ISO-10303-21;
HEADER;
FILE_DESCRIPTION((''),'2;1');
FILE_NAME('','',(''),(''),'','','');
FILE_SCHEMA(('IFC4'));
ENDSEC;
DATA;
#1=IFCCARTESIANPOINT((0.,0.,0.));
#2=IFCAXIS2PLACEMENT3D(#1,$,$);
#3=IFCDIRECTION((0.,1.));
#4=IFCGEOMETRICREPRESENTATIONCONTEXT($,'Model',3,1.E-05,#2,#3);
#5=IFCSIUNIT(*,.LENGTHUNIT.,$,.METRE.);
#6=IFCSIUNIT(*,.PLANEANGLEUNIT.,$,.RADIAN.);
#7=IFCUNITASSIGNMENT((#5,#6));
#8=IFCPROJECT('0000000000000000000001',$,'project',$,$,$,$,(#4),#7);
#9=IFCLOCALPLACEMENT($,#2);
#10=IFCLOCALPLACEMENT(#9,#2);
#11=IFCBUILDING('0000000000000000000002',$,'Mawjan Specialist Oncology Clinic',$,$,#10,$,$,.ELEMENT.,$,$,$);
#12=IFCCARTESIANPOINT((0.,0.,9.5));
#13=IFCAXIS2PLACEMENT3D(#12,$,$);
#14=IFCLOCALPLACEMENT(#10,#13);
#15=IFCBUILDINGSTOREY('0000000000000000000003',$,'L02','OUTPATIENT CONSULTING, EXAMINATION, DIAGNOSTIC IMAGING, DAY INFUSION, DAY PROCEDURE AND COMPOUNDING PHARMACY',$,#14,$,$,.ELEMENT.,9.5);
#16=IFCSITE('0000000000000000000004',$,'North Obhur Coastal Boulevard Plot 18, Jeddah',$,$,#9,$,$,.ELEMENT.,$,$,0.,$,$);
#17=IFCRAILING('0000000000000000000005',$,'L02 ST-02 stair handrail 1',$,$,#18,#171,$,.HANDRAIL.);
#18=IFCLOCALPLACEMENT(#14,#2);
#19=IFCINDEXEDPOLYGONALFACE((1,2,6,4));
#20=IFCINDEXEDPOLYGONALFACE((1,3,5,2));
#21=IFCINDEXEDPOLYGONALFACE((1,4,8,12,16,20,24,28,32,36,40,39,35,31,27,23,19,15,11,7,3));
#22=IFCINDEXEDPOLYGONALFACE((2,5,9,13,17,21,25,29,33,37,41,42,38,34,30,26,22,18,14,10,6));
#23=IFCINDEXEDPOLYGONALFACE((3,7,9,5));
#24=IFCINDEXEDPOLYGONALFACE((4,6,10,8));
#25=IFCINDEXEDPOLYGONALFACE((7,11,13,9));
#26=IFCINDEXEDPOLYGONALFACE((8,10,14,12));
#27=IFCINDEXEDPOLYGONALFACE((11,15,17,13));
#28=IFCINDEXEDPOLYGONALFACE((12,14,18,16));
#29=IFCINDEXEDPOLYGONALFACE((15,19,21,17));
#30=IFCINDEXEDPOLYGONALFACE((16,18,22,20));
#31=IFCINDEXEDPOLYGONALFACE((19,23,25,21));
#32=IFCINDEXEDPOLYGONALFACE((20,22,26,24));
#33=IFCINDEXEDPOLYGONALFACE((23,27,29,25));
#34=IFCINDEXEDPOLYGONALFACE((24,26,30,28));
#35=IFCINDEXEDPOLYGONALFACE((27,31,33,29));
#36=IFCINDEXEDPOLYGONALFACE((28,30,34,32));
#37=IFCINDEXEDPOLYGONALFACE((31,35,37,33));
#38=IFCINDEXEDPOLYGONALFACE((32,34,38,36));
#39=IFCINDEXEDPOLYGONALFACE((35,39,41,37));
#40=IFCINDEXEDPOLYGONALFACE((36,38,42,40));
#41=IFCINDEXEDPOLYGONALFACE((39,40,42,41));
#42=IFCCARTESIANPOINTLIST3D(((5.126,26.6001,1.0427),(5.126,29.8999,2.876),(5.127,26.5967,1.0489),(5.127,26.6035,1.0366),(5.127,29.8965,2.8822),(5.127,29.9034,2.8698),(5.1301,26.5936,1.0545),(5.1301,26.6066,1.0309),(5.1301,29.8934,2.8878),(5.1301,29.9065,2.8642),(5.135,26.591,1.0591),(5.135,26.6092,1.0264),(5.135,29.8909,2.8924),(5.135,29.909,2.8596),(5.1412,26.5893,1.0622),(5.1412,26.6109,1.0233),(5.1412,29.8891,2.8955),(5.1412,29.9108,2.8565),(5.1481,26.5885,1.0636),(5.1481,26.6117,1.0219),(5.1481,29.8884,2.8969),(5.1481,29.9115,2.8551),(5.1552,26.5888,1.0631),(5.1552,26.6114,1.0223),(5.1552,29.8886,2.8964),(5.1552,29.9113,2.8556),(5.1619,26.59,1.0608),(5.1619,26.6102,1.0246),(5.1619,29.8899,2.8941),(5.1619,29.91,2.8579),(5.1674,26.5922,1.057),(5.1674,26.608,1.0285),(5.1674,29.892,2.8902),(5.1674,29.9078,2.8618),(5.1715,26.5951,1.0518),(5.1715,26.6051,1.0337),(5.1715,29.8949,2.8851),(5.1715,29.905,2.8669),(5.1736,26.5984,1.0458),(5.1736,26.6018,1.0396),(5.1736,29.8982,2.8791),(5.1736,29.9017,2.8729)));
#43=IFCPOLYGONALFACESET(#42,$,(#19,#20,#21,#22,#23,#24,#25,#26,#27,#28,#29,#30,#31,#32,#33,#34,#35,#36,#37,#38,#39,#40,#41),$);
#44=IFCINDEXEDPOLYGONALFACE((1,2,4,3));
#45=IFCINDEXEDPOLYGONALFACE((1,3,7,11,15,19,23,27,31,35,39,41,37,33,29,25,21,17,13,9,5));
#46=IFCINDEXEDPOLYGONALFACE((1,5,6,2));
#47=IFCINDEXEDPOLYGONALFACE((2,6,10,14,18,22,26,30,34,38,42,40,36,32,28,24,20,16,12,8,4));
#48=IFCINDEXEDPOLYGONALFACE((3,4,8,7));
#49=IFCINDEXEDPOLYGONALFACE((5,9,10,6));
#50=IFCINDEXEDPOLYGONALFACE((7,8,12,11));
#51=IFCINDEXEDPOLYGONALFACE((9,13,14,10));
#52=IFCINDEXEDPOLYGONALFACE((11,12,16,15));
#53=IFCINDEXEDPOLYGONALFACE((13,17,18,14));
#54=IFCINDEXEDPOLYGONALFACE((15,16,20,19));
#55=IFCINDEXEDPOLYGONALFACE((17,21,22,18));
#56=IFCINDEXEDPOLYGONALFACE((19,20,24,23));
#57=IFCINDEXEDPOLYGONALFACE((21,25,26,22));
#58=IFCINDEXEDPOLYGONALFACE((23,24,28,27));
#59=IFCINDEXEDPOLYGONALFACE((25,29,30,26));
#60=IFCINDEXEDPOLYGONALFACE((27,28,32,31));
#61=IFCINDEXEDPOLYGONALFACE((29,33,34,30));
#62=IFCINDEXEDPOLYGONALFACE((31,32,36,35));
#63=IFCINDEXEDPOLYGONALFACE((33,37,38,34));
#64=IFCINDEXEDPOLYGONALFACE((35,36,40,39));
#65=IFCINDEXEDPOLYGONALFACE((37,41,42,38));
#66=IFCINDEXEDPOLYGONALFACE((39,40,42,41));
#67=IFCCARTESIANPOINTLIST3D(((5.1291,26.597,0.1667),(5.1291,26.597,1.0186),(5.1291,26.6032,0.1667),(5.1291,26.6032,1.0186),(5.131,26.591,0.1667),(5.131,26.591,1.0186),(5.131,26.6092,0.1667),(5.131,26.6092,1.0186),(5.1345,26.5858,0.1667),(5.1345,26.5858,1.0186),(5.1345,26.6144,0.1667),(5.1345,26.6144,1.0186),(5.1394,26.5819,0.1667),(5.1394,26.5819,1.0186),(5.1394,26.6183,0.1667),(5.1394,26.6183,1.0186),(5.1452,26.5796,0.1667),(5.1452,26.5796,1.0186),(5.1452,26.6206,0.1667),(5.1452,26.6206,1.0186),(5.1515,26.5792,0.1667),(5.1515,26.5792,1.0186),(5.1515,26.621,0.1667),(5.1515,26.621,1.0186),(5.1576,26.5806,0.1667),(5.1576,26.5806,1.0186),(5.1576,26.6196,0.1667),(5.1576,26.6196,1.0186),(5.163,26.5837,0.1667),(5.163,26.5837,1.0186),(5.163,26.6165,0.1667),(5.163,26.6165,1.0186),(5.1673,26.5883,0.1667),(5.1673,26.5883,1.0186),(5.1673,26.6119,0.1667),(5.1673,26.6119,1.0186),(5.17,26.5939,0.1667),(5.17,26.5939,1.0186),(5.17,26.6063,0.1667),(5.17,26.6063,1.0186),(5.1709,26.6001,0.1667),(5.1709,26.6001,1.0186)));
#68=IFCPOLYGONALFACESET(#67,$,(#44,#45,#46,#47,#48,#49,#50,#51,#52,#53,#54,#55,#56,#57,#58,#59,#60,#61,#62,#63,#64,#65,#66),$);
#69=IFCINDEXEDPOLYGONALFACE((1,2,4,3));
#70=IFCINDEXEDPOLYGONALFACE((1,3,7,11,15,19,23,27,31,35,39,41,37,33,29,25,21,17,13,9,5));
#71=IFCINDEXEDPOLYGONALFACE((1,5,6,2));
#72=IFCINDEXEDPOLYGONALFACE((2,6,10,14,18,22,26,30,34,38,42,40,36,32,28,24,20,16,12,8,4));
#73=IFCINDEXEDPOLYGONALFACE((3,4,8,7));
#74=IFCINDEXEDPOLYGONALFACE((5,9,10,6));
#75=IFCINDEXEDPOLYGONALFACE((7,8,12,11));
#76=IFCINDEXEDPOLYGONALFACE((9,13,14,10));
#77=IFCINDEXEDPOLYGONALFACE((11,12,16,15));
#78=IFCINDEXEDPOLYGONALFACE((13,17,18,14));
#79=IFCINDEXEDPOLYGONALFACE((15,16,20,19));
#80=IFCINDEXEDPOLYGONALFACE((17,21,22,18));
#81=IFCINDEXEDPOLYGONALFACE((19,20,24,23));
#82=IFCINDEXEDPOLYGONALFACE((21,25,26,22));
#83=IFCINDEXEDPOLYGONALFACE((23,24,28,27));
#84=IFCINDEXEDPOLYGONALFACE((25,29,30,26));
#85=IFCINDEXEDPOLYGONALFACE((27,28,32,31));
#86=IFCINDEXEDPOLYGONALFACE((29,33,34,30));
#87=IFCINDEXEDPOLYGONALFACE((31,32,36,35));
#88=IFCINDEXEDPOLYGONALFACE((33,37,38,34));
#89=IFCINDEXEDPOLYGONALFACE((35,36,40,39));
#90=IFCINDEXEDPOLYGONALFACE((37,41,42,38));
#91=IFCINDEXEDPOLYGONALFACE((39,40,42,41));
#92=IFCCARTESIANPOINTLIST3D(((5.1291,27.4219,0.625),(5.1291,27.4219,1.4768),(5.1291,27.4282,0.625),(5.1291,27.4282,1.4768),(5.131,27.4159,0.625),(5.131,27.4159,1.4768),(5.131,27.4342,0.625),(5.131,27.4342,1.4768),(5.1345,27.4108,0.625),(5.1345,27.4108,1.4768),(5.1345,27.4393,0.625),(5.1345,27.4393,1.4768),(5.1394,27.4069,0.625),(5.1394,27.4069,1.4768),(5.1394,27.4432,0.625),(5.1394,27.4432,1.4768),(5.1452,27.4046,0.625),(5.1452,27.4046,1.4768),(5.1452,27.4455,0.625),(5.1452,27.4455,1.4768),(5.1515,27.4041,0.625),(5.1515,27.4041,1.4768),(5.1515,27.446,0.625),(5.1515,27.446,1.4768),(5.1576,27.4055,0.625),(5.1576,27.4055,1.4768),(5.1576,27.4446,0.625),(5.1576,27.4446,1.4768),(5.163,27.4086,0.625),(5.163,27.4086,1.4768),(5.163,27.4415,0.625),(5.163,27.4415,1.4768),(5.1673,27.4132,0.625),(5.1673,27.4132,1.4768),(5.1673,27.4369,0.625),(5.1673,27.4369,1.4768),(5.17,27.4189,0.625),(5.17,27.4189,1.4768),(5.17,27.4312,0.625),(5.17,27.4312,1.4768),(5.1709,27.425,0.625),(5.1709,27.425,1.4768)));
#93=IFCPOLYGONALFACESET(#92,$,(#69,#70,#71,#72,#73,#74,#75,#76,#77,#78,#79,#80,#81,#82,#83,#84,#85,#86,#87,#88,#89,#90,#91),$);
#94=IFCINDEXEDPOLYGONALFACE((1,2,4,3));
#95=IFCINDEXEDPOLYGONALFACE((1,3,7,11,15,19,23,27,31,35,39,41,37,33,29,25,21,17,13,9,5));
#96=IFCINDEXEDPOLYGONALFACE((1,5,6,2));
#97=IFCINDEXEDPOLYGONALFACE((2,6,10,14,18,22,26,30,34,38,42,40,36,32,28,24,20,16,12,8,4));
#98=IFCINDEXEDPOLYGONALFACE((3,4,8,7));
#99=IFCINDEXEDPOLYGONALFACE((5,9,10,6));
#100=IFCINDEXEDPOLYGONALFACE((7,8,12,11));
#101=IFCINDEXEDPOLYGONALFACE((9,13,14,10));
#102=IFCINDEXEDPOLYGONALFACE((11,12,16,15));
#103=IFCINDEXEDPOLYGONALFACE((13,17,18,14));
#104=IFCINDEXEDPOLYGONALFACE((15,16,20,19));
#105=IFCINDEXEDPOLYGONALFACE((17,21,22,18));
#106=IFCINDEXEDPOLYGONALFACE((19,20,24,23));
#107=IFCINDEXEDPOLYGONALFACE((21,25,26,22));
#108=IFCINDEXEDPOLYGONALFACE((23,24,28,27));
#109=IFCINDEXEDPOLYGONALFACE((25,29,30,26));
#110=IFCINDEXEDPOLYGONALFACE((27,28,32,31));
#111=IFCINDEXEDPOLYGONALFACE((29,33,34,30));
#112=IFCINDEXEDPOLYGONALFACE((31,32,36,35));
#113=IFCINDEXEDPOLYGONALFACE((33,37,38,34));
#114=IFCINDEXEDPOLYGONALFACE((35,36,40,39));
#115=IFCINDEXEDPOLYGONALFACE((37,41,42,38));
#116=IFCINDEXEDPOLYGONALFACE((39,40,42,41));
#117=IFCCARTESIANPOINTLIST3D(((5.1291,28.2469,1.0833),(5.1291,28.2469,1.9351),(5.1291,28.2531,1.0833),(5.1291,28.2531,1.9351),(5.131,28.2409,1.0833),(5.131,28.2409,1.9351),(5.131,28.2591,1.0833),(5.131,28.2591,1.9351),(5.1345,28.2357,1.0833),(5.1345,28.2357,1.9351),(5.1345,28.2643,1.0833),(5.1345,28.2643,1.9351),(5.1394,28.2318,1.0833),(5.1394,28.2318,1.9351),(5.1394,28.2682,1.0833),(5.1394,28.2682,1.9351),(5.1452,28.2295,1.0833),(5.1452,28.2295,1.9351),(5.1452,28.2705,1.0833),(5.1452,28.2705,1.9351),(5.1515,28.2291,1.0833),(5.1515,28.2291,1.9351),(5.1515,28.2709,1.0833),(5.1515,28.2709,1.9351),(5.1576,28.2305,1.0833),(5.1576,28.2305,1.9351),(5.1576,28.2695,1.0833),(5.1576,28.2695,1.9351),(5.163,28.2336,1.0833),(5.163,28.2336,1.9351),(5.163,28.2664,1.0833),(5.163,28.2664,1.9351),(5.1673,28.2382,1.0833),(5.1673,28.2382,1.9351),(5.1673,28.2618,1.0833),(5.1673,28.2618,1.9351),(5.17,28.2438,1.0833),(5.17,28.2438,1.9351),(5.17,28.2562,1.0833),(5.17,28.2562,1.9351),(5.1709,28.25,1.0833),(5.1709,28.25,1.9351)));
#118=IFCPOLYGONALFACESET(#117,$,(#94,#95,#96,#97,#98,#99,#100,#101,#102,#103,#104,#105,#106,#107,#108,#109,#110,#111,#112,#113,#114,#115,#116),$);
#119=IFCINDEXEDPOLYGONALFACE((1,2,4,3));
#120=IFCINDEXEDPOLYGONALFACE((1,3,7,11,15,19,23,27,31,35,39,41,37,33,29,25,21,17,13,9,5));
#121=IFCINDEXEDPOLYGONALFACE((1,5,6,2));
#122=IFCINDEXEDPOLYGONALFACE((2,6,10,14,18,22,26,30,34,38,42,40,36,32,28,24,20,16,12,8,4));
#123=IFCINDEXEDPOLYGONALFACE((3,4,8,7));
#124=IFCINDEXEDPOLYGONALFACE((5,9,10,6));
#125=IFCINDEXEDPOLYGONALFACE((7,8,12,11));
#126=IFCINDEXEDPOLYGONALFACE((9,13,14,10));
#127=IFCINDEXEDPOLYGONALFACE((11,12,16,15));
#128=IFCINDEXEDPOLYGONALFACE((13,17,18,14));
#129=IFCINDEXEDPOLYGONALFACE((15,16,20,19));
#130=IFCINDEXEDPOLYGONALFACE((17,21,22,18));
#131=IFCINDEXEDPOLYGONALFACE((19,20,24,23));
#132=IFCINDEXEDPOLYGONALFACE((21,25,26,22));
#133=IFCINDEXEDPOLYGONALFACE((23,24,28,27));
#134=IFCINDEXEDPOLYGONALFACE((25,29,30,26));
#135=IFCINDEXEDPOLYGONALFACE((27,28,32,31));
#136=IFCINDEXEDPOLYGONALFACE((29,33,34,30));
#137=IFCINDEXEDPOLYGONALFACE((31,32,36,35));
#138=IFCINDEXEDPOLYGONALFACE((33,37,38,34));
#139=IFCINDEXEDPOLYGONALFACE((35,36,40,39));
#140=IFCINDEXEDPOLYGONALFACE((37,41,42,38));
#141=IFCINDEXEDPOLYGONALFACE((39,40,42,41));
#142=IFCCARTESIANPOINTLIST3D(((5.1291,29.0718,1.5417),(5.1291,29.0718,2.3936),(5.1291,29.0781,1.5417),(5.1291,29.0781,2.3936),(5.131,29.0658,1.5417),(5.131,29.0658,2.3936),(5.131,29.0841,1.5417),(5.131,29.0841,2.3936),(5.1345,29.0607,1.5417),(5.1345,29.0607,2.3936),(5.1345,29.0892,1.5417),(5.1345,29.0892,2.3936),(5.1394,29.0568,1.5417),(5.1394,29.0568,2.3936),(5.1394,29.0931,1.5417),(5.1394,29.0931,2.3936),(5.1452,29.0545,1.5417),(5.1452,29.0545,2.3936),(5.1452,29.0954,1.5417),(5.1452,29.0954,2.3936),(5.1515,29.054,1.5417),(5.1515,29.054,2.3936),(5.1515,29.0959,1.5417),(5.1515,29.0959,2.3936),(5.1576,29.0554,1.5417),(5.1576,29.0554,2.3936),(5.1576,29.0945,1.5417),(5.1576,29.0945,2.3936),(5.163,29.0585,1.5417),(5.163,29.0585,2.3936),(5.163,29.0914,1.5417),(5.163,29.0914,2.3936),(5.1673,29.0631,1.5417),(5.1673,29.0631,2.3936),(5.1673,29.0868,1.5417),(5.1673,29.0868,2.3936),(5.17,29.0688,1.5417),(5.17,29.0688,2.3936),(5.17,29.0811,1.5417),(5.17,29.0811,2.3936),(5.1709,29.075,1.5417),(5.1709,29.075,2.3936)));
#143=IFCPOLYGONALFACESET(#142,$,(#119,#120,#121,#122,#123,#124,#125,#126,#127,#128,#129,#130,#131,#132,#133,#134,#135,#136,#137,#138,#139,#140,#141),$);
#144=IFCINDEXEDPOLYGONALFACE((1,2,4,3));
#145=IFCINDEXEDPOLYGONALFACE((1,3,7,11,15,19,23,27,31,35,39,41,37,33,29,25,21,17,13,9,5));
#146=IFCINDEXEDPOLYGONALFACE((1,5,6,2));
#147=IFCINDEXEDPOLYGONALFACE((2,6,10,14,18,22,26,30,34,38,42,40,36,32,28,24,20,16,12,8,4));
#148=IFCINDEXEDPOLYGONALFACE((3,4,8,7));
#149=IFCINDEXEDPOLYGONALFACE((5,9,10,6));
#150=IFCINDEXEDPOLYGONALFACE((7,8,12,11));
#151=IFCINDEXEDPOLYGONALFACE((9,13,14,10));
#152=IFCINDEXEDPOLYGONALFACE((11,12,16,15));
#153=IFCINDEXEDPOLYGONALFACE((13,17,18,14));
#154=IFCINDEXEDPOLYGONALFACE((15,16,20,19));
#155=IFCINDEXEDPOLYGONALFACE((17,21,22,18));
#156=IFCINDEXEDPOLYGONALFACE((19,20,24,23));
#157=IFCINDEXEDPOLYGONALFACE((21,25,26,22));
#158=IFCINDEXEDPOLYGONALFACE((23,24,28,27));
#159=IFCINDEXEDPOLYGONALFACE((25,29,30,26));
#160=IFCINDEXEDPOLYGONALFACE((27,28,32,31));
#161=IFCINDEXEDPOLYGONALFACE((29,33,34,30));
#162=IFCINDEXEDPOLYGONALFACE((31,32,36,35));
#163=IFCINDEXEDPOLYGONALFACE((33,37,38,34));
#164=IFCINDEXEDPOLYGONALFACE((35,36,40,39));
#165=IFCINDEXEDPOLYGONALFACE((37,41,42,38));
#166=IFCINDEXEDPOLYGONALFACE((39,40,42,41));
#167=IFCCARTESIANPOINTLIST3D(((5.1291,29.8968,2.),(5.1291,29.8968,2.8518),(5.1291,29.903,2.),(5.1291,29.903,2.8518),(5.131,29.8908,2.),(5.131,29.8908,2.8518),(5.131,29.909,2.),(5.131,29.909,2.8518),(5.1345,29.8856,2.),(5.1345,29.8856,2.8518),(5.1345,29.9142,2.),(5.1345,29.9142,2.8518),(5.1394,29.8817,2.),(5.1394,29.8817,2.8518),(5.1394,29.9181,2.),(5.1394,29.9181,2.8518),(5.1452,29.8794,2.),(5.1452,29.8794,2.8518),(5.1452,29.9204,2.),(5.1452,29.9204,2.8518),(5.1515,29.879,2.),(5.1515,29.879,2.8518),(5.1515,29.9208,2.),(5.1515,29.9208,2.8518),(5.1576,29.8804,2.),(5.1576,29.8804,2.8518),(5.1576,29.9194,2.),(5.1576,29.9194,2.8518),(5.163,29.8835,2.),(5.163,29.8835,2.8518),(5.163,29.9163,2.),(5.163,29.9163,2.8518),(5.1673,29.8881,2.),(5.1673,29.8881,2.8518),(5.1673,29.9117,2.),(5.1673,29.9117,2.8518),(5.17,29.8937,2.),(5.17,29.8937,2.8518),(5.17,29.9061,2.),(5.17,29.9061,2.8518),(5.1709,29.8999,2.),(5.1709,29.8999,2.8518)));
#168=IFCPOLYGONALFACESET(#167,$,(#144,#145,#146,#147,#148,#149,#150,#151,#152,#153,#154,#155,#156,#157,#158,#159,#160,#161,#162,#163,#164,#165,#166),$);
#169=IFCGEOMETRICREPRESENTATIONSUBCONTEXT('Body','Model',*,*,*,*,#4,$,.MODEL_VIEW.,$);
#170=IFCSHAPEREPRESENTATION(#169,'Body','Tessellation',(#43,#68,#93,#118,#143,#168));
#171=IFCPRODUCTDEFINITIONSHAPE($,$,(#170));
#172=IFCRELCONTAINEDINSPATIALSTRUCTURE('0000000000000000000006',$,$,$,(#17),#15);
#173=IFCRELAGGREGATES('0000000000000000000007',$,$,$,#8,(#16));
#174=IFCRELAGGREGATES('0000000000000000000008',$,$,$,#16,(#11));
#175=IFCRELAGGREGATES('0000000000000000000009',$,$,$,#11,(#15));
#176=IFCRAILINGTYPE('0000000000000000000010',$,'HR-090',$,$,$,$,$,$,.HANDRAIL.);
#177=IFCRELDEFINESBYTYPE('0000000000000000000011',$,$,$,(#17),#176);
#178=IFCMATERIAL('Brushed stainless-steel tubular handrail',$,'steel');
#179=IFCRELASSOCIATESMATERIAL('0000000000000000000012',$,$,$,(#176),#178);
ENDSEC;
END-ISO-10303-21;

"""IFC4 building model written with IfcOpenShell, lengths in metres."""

from ifc_helpers import new_model, si_unit, direction, frame, origin, origin_2d, place, context, subcontext, project, spatial, circle, extrude, material, type_object, element, save


model = new_model("IFC4")

# Units and contexts
model_context = context("Model", 3, precision=1e-05, world=origin(), true_north=direction((0.0, 1.0)))
body_context = subcontext(model_context, "Body", "Model", "MODEL_VIEW")
ifc_project = project(units=[si_unit("LENGTHUNIT", "METRE"), si_unit("PLANEANGLEUNIT", "RADIAN")], contexts=[model_context])

# Site, building, storey
site_placement = place(None, origin())
site = spatial("IfcSite", under=ifc_project, at=site_placement, Name="North Obhur Coastal Boulevard Plot 18, Jeddah", CompositionType="ELEMENT", RefElevation=0.0)
building_placement = place(site_placement, origin())
building = spatial("IfcBuilding", under=site, at=building_placement, Name="Mawjan Specialist Oncology Clinic", CompositionType="ELEMENT")
storey_placement = place(building_placement, frame((0.0, 0.0, 9.5)))
storey = spatial("IfcBuildingStorey", under=building, at=storey_placement, Name="L02", Description="OUTPATIENT CONSULTING, EXAMINATION, DIAGNOSTIC IMAGING, DAY INFUSION, DAY PROCEDURE AND COMPOUNDING PHARMACY", CompositionType="ELEMENT", Elevation=9.5)

# Railing
ifc_material_1 = material(Name="Brushed stainless-steel tubular handrail", Category="steel")
railing_type_1 = type_object("IfcRailingType", Name="HR-090", PredefinedType="HANDRAIL", material=ifc_material_1)
railing_1_placement = place(storey_placement, frame((5.1499, 26.6001, 0.1667)))
element("IfcRailing", 1, at=railing_1_placement, inside=storey, type_object=railing_type_1, Name="L02 ST-02 stair handrail 1", PredefinedType="HANDRAIL", context=body_context, shape_type="SweptSolid", body=[
    extrude(circle(Radius=0.0239, at=origin_2d()), frame((0.0, 0.0, 0.876), z_axis=(0.0, 0.874154, 0.485648), x_axis=(-1.0, 0.0, 0.0)), (0.0, 0.0, 1.0), 3.7749),
    extrude(circle(Radius=0.021, at=origin_2d()), origin(), (0.0, 0.0, 1.0), 0.8518),
    extrude(circle(Radius=0.021, at=origin_2d()), frame((0.0, 0.825, 0.4583)), (0.0, 0.0, 1.0), 0.8518),
    extrude(circle(Radius=0.021, at=origin_2d()), frame((0.0, 1.6499, 0.9165)), (0.0, 0.0, 1.0), 0.8518),
    extrude(circle(Radius=0.021, at=origin_2d()), frame((0.0, 2.4749, 1.375)), (0.0, 0.0, 1.0), 0.8518),
    extrude(circle(Radius=0.021, at=origin_2d()), frame((0.0, 3.2998, 1.8333)), (0.0, 0.0, 1.0), 0.8518),
])

save(model, "model.ifc")
